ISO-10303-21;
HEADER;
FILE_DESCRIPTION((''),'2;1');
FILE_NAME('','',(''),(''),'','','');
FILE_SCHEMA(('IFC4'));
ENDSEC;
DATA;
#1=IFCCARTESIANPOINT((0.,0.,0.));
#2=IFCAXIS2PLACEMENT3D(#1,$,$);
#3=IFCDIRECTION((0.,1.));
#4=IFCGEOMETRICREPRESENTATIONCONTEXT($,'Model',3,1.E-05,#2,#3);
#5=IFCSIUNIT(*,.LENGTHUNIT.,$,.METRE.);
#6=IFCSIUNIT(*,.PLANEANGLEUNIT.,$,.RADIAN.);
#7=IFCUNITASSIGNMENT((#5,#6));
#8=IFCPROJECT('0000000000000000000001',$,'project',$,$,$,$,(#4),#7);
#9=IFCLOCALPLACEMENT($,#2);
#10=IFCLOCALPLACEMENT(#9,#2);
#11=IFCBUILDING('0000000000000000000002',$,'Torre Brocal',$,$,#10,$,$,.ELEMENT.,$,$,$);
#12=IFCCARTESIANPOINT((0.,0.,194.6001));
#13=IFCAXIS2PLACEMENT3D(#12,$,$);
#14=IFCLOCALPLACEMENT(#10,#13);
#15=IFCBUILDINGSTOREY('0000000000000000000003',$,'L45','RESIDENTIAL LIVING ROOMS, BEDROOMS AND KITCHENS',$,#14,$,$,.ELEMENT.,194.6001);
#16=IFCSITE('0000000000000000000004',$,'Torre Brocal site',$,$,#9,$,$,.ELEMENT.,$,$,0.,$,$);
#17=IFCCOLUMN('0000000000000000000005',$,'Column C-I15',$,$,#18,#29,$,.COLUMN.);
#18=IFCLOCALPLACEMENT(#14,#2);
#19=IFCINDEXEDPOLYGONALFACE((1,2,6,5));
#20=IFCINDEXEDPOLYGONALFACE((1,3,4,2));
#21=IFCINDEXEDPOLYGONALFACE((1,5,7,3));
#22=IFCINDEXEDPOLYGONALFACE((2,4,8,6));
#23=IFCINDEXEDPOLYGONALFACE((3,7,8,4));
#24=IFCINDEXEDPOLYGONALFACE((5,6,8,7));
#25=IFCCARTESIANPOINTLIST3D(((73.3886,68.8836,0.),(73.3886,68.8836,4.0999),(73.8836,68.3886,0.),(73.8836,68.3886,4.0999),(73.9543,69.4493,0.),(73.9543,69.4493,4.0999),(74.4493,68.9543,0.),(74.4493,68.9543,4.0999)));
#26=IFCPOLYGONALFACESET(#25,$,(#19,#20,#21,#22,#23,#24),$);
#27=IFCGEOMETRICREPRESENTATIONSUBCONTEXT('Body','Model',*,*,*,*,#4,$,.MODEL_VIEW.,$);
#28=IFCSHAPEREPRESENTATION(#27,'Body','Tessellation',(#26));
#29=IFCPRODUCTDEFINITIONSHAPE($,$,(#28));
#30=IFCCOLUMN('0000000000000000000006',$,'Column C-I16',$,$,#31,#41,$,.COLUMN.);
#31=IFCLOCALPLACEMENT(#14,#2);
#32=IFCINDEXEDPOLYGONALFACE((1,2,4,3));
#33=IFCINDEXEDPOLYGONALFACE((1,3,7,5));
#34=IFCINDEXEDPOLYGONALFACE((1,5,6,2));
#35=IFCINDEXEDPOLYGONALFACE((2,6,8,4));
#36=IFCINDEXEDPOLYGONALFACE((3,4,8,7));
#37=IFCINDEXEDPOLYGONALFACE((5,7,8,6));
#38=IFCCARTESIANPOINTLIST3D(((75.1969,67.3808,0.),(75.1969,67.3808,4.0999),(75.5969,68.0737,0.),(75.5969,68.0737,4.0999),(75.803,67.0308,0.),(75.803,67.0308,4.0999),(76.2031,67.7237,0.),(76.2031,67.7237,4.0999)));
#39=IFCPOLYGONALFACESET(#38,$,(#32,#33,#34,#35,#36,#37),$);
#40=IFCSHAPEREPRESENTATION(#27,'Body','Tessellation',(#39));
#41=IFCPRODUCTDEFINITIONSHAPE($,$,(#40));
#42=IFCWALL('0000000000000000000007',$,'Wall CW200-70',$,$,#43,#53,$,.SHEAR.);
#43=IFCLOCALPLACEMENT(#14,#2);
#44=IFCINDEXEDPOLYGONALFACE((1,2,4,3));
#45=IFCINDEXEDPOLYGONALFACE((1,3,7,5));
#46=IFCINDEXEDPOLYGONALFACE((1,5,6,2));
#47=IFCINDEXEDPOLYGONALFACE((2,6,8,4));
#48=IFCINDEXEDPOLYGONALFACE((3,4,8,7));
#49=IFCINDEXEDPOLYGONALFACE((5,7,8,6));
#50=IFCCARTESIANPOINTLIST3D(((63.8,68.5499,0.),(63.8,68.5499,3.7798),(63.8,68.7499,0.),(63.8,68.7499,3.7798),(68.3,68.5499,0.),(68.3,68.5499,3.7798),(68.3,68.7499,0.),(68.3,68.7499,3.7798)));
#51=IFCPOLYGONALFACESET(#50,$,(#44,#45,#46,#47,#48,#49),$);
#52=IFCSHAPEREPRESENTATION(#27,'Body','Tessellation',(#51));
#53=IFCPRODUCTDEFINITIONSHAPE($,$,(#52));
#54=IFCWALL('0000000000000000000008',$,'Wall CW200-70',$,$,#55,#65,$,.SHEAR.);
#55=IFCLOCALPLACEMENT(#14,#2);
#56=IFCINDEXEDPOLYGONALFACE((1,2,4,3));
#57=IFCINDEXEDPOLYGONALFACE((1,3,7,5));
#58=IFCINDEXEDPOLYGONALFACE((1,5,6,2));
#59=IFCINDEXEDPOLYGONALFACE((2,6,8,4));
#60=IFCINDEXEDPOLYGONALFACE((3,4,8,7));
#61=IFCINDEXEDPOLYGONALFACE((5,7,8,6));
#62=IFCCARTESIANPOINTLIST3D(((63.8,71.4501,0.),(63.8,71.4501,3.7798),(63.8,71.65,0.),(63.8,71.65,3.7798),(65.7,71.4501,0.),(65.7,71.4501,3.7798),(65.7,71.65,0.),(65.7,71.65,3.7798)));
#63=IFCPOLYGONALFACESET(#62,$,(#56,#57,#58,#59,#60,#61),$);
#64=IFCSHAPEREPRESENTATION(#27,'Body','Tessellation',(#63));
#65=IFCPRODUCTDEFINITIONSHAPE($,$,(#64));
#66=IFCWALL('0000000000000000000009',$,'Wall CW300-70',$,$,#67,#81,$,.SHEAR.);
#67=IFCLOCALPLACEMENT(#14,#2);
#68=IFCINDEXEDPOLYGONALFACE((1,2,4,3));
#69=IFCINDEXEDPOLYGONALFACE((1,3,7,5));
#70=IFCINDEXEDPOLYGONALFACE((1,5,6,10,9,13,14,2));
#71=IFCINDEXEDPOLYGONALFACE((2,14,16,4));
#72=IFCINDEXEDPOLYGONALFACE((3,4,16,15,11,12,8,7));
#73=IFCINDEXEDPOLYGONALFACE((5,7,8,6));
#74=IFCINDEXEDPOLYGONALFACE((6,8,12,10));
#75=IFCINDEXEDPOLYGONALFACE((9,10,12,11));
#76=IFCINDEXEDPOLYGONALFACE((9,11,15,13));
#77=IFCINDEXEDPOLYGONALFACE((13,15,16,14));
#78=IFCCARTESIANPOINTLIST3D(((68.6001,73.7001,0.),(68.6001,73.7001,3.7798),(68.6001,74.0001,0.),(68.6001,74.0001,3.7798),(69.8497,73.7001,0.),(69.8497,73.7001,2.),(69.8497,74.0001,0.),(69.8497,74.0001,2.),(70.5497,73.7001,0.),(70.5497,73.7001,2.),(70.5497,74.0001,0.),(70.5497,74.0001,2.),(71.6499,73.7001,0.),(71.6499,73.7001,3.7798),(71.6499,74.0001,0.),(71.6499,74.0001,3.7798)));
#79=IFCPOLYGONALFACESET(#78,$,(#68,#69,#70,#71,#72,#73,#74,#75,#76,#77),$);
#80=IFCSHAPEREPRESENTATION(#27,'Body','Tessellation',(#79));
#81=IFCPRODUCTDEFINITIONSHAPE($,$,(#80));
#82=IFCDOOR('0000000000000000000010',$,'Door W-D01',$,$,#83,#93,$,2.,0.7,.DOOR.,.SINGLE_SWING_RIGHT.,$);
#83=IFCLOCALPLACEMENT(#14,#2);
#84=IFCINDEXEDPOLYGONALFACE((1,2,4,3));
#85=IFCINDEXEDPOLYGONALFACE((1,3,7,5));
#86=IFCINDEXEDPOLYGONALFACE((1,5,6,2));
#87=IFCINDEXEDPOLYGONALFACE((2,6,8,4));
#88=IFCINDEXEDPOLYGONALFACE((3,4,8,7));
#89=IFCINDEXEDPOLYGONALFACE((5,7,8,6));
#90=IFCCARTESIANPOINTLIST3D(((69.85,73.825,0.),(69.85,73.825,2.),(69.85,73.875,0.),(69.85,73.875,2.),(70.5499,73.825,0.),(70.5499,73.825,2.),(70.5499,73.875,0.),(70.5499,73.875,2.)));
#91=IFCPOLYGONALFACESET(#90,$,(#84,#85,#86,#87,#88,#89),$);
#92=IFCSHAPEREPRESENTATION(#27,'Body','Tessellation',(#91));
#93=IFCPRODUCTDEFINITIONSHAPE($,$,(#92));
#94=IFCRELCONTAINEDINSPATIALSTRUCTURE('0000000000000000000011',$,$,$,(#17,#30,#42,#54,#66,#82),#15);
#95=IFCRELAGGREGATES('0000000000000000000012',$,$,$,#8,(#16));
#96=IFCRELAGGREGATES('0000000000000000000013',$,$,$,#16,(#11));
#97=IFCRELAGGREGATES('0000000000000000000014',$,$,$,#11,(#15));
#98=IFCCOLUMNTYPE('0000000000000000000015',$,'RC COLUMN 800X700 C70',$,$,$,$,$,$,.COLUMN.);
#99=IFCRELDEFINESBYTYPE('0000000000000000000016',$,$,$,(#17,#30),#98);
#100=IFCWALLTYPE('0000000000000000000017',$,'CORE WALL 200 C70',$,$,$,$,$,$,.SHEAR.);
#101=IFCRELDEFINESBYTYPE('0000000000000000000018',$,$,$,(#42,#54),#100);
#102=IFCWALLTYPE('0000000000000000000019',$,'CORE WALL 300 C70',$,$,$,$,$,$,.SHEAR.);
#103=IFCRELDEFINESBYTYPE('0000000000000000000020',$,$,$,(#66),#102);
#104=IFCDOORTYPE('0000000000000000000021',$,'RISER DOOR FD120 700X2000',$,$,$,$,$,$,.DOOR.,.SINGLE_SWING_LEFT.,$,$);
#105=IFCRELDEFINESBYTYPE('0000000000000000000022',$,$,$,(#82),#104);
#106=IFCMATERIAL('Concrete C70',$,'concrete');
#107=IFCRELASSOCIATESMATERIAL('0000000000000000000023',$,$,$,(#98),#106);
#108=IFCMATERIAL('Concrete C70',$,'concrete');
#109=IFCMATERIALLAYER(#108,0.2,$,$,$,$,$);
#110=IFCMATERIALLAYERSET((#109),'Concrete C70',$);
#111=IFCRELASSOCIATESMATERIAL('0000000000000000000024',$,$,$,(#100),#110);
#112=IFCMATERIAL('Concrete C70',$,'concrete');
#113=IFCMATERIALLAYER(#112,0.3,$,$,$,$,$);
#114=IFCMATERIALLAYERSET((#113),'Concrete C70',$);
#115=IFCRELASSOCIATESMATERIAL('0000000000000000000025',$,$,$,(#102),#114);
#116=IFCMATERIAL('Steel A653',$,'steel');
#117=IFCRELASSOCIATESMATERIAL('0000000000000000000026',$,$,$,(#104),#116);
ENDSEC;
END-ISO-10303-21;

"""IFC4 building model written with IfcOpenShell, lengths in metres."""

from ifc_helpers import new_model, si_unit, direction, frame, frame_2d, origin, origin_2d, place, context, subcontext, project, spatial, rectangle, extrude, material, layer, layer_set, material_profile, profile_set, type_object, element, fill, save


model = new_model("IFC4")

# Units and contexts
model_context = context("Model", 3, precision=1e-05, world=origin(), true_north=direction((0.0, 1.0)))
body_context = subcontext(model_context, "Body", "Model", "MODEL_VIEW")
ifc_project = project(units=[si_unit("LENGTHUNIT", "METRE"), si_unit("PLANEANGLEUNIT", "RADIAN")], contexts=[model_context])

# Site, building, storey
site_placement = place(None, origin())
site = spatial("IfcSite", under=ifc_project, at=site_placement, Name="Torre Brocal site", CompositionType="ELEMENT", RefElevation=0.0)
building_placement = place(site_placement, origin())
building = spatial("IfcBuilding", under=site, at=building_placement, Name="Torre Brocal", CompositionType="ELEMENT")
storey_placement = place(building_placement, frame((0.0, 0.0, 194.6001)))
storey = spatial("IfcBuildingStorey", under=building, at=storey_placement, Name="L45", Description="RESIDENTIAL LIVING ROOMS, BEDROOMS AND KITCHENS", CompositionType="ELEMENT", Elevation=194.6001)

# Columns
ifc_material_1 = material(Name="Concrete C70", Category="concrete")
ifc_material_profile = material_profile(ifc_material_1, rectangle(XDim=0.8, YDim=0.7, at=origin_2d()), Name="RC 800X700")
ifc_profile_set = profile_set([ifc_material_profile], Name="Concrete C70")
column_type = type_object("IfcColumnType", Name="RC COLUMN 800X700 C70", PredefinedType="COLUMN", material=ifc_profile_set)
for number, where, z_axis, x_axis, name in (
    (1, (73.9189, 68.9189, 0.0), (0.0, 0.0, 1.0), (-0.707107, -0.707107, 0.0), "Column C-I15"),
    (2, (75.7, 67.5522, 0.0), (0.0, 0.0, 1.0), (-0.5, -0.866025, 0.0), "Column C-I16"),
):
    element("IfcColumn", number, at=place(storey_placement, frame(where, z_axis=z_axis, x_axis=x_axis)), inside=storey, type_object=column_type, Name=name, PredefinedType="COLUMN", context=body_context, shape_type="SweptSolid", body=[
        extrude(rectangle(XDim=0.8, YDim=0.7, at=origin_2d()), origin(), (0.0, 0.0, 1.0), 4.0999),
    ])

# Walls
ifc_material_2 = material(Name="Concrete C70", Category="concrete")
ifc_layer_1 = layer(ifc_material_2, 0.2)
ifc_layer_set_1 = layer_set([ifc_layer_1], Name="Concrete C70")
wall_type_1 = type_object("IfcWallType", Name="CORE WALL 200 C70", PredefinedType="SHEAR", material=ifc_layer_set_1)
wall_1_placement = place(storey_placement, frame((68.3, 68.6499, 0.0), z_axis=(0.0, 0.0, 1.0), x_axis=(-1.0, 0.0, 0.0)))
element("IfcWall", 3, at=wall_1_placement, inside=storey, type_object=wall_type_1, Name="Wall CW200-70", PredefinedType="SHEAR", context=body_context, shape_type="SweptSolid", body=[
    extrude(rectangle(XDim=4.5, YDim=0.2, at=frame_2d((2.25, 0.0))), origin(), (0.0, 0.0, 1.0), 3.7798),
])
wall_2_placement = place(storey_placement, frame((65.7, 71.55, 0.0), z_axis=(0.0, 0.0, 1.0), x_axis=(-1.0, 0.0, 0.0)))
element("IfcWall", 4, at=wall_2_placement, inside=storey, type_object=wall_type_1, Name="Wall CW200-70", PredefinedType="SHEAR", context=body_context, shape_type="SweptSolid", body=[
    extrude(rectangle(XDim=1.8999, YDim=0.2, at=frame_2d((0.95, 0.0))), origin(), (0.0, 0.0, 1.0), 3.7798),
])

# Wall, opening, door
ifc_material_3 = material(Name="Concrete C70", Category="concrete")
ifc_layer_2 = layer(ifc_material_3, 0.3)
ifc_layer_set_2 = layer_set([ifc_layer_2], Name="Concrete C70")
wall_type_2 = type_object("IfcWallType", Name="CORE WALL 300 C70", PredefinedType="SHEAR", material=ifc_layer_set_2)
wall_3_placement = place(storey_placement, frame((71.6499, 73.8501, 0.0), z_axis=(0.0, 0.0, 1.0), x_axis=(-1.0, 0.0, 0.0)))
wall_3 = element("IfcWall", 5, at=wall_3_placement, inside=storey, type_object=wall_type_2, Name="Wall CW300-70", PredefinedType="SHEAR", context=body_context, shape_type="SweptSolid", body=[
    extrude(rectangle(XDim=3.0498, YDim=0.3, at=frame_2d((1.5249, 0.0))), origin(), (0.0, 0.0, 1.0), 3.7798),
])
opening_1_placement = place(wall_3_placement, frame((1.1001, 0.0, 0.0)))
opening_1 = element("IfcOpeningElement", 6, at=opening_1_placement, cuts=wall_3, PredefinedType="OPENING", context=body_context, shape_type="SweptSolid", body=[
    extrude(rectangle(XDim=0.7, YDim=2.0, at=frame_2d((0.3501, 1.0))), frame((0.0, 0.1599, 0.0), z_axis=(0.0, -1.0, 0.0), x_axis=(1.0, 0.0, 0.0)), (0.0, 0.0, 1.0), 0.3201),
])
ifc_material_4 = material(Name="Steel A653", Category="steel")
door_type_1 = type_object("IfcDoorType", Name="RISER DOOR FD120 700X2000", OperationType="SINGLE_SWING_LEFT", PredefinedType="DOOR", material=ifc_material_4)
door_1_placement = place(opening_1_placement, frame((0.7, 0.0, 0.0), z_axis=(0.0, 0.0, 1.0), x_axis=(-1.0, 0.0, 0.0)))
door_1 = element("IfcDoor", 7, at=door_1_placement, inside=storey, type_object=door_type_1, Name="Door W-D01", OperationType="SINGLE_SWING_RIGHT", OverallHeight=2.0, OverallWidth=0.7, PredefinedType="DOOR", context=body_context, shape_type="SweptSolid", body=[
    extrude(rectangle(XDim=0.7, YDim=2.0, at=frame_2d((0.3501, 1.0))), frame((0.0, 0.0249, 0.0), z_axis=(0.0, -1.0, 0.0), x_axis=(1.0, 0.0, 0.0)), (0.0, 0.0, 1.0), 0.05),
])
fill(opening_1, door_1)

save(model, "model.ifc")
